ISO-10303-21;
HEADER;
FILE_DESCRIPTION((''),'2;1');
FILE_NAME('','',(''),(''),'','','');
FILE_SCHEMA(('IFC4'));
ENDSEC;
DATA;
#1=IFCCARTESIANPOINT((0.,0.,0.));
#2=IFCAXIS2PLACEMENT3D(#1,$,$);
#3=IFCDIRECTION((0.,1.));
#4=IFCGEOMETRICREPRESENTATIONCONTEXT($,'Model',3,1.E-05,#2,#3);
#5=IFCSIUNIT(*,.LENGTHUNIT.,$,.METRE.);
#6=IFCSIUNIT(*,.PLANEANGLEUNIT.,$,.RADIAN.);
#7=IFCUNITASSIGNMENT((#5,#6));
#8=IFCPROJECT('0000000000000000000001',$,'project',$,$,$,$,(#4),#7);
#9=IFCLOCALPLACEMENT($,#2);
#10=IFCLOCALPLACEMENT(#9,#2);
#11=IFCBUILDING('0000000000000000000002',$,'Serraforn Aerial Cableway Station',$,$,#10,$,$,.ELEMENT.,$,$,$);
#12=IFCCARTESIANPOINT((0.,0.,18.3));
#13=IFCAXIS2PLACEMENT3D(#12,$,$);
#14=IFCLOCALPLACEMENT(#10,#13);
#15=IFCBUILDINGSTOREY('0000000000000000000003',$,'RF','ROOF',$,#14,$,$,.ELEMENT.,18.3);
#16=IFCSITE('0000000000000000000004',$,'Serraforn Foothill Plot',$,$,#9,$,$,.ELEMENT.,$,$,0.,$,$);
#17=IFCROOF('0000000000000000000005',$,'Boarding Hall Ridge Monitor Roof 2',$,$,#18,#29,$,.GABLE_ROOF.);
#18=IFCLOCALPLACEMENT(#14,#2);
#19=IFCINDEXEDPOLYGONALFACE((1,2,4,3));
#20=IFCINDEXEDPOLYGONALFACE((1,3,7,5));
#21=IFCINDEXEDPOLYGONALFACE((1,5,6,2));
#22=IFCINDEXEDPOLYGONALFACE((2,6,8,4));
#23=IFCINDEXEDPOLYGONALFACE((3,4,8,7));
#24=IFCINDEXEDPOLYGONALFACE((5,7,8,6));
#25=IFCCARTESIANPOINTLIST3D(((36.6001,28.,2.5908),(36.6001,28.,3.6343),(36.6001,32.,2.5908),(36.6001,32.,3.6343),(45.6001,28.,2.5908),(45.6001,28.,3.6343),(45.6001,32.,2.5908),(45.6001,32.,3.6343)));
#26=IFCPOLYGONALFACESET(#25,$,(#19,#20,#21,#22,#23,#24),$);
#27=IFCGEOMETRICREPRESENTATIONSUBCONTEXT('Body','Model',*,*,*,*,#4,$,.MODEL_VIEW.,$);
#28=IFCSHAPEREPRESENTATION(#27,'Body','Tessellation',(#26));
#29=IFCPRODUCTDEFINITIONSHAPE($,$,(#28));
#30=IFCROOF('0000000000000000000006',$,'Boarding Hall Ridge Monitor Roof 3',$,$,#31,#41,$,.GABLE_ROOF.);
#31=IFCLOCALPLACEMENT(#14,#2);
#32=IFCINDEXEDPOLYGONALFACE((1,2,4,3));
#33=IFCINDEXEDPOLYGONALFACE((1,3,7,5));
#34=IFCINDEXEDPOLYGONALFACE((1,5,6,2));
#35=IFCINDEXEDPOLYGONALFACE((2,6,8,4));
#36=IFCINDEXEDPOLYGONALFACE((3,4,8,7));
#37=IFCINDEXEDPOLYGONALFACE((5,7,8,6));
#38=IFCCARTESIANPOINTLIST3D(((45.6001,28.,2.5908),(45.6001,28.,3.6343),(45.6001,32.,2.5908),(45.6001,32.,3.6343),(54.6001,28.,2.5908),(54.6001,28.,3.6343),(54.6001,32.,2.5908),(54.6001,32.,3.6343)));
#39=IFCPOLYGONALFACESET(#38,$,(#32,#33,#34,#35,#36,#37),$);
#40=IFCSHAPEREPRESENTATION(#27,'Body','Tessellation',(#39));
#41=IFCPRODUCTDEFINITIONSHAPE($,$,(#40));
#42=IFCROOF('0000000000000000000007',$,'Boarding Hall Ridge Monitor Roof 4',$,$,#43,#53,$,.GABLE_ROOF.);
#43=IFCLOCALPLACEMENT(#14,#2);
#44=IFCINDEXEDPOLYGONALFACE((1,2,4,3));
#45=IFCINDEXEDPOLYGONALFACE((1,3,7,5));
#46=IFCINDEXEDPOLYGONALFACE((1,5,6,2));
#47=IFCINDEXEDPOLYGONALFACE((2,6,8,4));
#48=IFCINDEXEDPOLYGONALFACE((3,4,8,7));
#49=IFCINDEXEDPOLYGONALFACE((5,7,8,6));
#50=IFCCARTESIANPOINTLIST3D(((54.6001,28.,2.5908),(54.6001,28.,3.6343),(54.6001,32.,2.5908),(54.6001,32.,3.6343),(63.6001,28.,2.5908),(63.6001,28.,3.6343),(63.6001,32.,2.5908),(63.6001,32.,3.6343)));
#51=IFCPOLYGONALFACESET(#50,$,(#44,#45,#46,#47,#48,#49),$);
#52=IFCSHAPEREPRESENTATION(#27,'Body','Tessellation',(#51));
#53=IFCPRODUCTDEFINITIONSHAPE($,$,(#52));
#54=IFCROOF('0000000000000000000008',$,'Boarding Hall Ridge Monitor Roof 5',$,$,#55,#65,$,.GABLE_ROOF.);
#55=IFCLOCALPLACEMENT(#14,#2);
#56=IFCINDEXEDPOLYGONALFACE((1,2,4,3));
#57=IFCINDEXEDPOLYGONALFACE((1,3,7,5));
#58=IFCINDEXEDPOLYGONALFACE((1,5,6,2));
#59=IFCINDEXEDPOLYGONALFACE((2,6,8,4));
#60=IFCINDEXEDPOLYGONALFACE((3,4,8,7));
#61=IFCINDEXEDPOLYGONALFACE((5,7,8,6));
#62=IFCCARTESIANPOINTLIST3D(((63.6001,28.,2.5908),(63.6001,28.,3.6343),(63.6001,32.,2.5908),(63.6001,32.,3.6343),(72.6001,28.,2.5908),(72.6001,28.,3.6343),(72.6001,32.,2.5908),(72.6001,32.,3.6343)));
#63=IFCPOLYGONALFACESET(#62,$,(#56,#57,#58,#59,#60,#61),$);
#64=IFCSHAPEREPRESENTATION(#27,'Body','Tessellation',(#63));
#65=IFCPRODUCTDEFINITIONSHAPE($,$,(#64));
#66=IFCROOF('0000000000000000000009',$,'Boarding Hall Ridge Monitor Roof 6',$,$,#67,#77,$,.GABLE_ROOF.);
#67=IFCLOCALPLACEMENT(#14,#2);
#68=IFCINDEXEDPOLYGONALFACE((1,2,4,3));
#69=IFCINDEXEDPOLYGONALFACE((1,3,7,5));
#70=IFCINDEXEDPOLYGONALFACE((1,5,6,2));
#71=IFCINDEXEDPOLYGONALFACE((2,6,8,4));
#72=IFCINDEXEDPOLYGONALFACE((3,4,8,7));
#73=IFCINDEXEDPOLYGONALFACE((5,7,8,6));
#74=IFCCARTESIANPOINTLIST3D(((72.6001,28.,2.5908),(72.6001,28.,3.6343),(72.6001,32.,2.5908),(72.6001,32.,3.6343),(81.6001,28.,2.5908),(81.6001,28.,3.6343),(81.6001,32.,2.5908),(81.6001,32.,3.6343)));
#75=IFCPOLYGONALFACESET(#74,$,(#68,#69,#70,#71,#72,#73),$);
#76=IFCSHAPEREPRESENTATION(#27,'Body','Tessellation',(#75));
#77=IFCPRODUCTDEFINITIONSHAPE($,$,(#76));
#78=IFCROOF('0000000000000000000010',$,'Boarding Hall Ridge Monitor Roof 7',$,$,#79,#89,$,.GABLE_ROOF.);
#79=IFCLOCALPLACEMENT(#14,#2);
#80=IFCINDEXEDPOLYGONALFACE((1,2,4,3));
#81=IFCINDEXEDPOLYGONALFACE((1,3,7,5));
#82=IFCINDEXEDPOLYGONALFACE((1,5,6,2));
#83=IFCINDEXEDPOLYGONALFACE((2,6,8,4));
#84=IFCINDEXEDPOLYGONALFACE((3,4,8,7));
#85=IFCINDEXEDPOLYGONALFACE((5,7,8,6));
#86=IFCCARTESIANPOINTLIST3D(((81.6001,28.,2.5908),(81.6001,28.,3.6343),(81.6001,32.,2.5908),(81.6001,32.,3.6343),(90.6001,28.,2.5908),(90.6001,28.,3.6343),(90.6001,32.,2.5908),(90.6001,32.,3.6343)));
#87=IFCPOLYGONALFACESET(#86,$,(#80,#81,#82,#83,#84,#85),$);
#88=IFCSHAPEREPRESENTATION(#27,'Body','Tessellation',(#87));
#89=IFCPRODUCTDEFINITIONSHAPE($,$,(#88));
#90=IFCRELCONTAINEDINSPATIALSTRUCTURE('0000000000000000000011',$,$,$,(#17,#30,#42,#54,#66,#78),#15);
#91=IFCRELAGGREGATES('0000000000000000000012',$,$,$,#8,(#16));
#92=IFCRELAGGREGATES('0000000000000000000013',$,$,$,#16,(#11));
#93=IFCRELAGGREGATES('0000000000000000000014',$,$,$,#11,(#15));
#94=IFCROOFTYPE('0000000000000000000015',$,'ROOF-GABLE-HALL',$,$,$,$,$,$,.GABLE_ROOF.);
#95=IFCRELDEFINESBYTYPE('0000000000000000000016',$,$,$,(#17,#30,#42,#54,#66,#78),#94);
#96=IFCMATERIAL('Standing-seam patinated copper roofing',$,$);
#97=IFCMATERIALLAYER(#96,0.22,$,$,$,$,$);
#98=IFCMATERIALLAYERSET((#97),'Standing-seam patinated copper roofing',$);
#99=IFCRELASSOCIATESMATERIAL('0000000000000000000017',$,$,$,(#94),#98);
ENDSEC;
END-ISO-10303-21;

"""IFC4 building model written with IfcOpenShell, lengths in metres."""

from ifc_helpers import new_model, si_unit, direction, frame, origin, place, context, subcontext, project, spatial, polyline, outline, extrude, material, layer, layer_set, type_object, element, save


model = new_model("IFC4")

# Units and contexts
model_context = context("Model", 3, precision=1e-05, world=origin(), true_north=direction((0.0, 1.0)))
body_context = subcontext(model_context, "Body", "Model", "MODEL_VIEW")
ifc_project = project(units=[si_unit("LENGTHUNIT", "METRE"), si_unit("PLANEANGLEUNIT", "RADIAN")], contexts=[model_context])

# Site, building, storey
site_placement = place(None, origin())
site = spatial("IfcSite", under=ifc_project, at=site_placement, Name="Serraforn Foothill Plot", CompositionType="ELEMENT", RefElevation=0.0)
building_placement = place(site_placement, origin())
building = spatial("IfcBuilding", under=site, at=building_placement, Name="Serraforn Aerial Cableway Station", CompositionType="ELEMENT")
storey_placement = place(building_placement, frame((0.0, 0.0, 18.3)))
storey = spatial("IfcBuildingStorey", under=building, at=storey_placement, Name="RF", Description="ROOF", CompositionType="ELEMENT", Elevation=18.3)

# Roofs
ifc_material_1 = material(Name="Standing-seam patinated copper roofing")
ifc_layer_1 = layer(ifc_material_1, 0.22)
ifc_layer_set_1 = layer_set([ifc_layer_1], Name="Standing-seam patinated copper roofing")
roof_type = type_object("IfcRoofType", Name="ROOF-GABLE-HALL", PredefinedType="GABLE_ROOF", material=ifc_layer_set_1)
roof_1_placement = place(storey_placement, frame((0.0, 0.0, 2.5908)))
element("IfcRoof", 1, at=roof_1_placement, inside=storey, type_object=roof_type, Name="Boarding Hall Ridge Monitor Roof 2", PredefinedType="GABLE_ROOF", context=body_context, shape_type="SweptSolid", body=[
    extrude(outline(polyline([(36.6001, 28.0), (45.6001, 28.0), (45.6001, 32.0), (36.6001, 32.0), (36.6001, 28.0)])), origin(), (0.0, 0.0, 1.0), 1.0435),
])
roof_2_placement = place(storey_placement, frame((0.0, 0.0, 2.5908)))
element("IfcRoof", 2, at=roof_2_placement, inside=storey, type_object=roof_type, Name="Boarding Hall Ridge Monitor Roof 3", PredefinedType="GABLE_ROOF", context=body_context, shape_type="SweptSolid", body=[
    extrude(outline(polyline([(45.6001, 28.0), (54.6001, 28.0), (54.6001, 32.0), (45.6001, 32.0), (45.6001, 28.0)])), origin(), (0.0, 0.0, 1.0), 1.0435),
])
roof_3_placement = place(storey_placement, frame((0.0, 0.0, 2.5908)))
element("IfcRoof", 3, at=roof_3_placement, inside=storey, type_object=roof_type, Name="Boarding Hall Ridge Monitor Roof 4", PredefinedType="GABLE_ROOF", context=body_context, shape_type="SweptSolid", body=[
    extrude(outline(polyline([(54.6001, 28.0), (63.6001, 28.0), (63.6001, 32.0), (54.6001, 32.0), (54.6001, 28.0)])), origin(), (0.0, 0.0, 1.0), 1.0435),
])
roof_4_placement = place(storey_placement, frame((0.0, 0.0, 2.5908)))
element("IfcRoof", 4, at=roof_4_placement, inside=storey, type_object=roof_type, Name="Boarding Hall Ridge Monitor Roof 5", PredefinedType="GABLE_ROOF", context=body_context, shape_type="SweptSolid", body=[
    extrude(outline(polyline([(63.6001, 28.0), (72.6001, 28.0), (72.6001, 32.0), (63.6001, 32.0), (63.6001, 28.0)])), origin(), (0.0, 0.0, 1.0), 1.0435),
])
roof_5_placement = place(storey_placement, frame((0.0, 0.0, 2.5908)))
element("IfcRoof", 5, at=roof_5_placement, inside=storey, type_object=roof_type, Name="Boarding Hall Ridge Monitor Roof 6", PredefinedType="GABLE_ROOF", context=body_context, shape_type="SweptSolid", body=[
    extrude(outline(polyline([(72.6001, 28.0), (81.6001, 28.0), (81.6001, 32.0), (72.6001, 32.0), (72.6001, 28.0)])), origin(), (0.0, 0.0, 1.0), 1.0435),
])
roof_6_placement = place(storey_placement, frame((0.0, 0.0, 2.5908)))
element("IfcRoof", 6, at=roof_6_placement, inside=storey, type_object=roof_type, Name="Boarding Hall Ridge Monitor Roof 7", PredefinedType="GABLE_ROOF", context=body_context, shape_type="SweptSolid", body=[
    extrude(outline(polyline([(81.6001, 28.0), (90.6001, 28.0), (90.6001, 32.0), (81.6001, 32.0), (81.6001, 28.0)])), origin(), (0.0, 0.0, 1.0), 1.0435),
])

save(model, "model.ifc")
